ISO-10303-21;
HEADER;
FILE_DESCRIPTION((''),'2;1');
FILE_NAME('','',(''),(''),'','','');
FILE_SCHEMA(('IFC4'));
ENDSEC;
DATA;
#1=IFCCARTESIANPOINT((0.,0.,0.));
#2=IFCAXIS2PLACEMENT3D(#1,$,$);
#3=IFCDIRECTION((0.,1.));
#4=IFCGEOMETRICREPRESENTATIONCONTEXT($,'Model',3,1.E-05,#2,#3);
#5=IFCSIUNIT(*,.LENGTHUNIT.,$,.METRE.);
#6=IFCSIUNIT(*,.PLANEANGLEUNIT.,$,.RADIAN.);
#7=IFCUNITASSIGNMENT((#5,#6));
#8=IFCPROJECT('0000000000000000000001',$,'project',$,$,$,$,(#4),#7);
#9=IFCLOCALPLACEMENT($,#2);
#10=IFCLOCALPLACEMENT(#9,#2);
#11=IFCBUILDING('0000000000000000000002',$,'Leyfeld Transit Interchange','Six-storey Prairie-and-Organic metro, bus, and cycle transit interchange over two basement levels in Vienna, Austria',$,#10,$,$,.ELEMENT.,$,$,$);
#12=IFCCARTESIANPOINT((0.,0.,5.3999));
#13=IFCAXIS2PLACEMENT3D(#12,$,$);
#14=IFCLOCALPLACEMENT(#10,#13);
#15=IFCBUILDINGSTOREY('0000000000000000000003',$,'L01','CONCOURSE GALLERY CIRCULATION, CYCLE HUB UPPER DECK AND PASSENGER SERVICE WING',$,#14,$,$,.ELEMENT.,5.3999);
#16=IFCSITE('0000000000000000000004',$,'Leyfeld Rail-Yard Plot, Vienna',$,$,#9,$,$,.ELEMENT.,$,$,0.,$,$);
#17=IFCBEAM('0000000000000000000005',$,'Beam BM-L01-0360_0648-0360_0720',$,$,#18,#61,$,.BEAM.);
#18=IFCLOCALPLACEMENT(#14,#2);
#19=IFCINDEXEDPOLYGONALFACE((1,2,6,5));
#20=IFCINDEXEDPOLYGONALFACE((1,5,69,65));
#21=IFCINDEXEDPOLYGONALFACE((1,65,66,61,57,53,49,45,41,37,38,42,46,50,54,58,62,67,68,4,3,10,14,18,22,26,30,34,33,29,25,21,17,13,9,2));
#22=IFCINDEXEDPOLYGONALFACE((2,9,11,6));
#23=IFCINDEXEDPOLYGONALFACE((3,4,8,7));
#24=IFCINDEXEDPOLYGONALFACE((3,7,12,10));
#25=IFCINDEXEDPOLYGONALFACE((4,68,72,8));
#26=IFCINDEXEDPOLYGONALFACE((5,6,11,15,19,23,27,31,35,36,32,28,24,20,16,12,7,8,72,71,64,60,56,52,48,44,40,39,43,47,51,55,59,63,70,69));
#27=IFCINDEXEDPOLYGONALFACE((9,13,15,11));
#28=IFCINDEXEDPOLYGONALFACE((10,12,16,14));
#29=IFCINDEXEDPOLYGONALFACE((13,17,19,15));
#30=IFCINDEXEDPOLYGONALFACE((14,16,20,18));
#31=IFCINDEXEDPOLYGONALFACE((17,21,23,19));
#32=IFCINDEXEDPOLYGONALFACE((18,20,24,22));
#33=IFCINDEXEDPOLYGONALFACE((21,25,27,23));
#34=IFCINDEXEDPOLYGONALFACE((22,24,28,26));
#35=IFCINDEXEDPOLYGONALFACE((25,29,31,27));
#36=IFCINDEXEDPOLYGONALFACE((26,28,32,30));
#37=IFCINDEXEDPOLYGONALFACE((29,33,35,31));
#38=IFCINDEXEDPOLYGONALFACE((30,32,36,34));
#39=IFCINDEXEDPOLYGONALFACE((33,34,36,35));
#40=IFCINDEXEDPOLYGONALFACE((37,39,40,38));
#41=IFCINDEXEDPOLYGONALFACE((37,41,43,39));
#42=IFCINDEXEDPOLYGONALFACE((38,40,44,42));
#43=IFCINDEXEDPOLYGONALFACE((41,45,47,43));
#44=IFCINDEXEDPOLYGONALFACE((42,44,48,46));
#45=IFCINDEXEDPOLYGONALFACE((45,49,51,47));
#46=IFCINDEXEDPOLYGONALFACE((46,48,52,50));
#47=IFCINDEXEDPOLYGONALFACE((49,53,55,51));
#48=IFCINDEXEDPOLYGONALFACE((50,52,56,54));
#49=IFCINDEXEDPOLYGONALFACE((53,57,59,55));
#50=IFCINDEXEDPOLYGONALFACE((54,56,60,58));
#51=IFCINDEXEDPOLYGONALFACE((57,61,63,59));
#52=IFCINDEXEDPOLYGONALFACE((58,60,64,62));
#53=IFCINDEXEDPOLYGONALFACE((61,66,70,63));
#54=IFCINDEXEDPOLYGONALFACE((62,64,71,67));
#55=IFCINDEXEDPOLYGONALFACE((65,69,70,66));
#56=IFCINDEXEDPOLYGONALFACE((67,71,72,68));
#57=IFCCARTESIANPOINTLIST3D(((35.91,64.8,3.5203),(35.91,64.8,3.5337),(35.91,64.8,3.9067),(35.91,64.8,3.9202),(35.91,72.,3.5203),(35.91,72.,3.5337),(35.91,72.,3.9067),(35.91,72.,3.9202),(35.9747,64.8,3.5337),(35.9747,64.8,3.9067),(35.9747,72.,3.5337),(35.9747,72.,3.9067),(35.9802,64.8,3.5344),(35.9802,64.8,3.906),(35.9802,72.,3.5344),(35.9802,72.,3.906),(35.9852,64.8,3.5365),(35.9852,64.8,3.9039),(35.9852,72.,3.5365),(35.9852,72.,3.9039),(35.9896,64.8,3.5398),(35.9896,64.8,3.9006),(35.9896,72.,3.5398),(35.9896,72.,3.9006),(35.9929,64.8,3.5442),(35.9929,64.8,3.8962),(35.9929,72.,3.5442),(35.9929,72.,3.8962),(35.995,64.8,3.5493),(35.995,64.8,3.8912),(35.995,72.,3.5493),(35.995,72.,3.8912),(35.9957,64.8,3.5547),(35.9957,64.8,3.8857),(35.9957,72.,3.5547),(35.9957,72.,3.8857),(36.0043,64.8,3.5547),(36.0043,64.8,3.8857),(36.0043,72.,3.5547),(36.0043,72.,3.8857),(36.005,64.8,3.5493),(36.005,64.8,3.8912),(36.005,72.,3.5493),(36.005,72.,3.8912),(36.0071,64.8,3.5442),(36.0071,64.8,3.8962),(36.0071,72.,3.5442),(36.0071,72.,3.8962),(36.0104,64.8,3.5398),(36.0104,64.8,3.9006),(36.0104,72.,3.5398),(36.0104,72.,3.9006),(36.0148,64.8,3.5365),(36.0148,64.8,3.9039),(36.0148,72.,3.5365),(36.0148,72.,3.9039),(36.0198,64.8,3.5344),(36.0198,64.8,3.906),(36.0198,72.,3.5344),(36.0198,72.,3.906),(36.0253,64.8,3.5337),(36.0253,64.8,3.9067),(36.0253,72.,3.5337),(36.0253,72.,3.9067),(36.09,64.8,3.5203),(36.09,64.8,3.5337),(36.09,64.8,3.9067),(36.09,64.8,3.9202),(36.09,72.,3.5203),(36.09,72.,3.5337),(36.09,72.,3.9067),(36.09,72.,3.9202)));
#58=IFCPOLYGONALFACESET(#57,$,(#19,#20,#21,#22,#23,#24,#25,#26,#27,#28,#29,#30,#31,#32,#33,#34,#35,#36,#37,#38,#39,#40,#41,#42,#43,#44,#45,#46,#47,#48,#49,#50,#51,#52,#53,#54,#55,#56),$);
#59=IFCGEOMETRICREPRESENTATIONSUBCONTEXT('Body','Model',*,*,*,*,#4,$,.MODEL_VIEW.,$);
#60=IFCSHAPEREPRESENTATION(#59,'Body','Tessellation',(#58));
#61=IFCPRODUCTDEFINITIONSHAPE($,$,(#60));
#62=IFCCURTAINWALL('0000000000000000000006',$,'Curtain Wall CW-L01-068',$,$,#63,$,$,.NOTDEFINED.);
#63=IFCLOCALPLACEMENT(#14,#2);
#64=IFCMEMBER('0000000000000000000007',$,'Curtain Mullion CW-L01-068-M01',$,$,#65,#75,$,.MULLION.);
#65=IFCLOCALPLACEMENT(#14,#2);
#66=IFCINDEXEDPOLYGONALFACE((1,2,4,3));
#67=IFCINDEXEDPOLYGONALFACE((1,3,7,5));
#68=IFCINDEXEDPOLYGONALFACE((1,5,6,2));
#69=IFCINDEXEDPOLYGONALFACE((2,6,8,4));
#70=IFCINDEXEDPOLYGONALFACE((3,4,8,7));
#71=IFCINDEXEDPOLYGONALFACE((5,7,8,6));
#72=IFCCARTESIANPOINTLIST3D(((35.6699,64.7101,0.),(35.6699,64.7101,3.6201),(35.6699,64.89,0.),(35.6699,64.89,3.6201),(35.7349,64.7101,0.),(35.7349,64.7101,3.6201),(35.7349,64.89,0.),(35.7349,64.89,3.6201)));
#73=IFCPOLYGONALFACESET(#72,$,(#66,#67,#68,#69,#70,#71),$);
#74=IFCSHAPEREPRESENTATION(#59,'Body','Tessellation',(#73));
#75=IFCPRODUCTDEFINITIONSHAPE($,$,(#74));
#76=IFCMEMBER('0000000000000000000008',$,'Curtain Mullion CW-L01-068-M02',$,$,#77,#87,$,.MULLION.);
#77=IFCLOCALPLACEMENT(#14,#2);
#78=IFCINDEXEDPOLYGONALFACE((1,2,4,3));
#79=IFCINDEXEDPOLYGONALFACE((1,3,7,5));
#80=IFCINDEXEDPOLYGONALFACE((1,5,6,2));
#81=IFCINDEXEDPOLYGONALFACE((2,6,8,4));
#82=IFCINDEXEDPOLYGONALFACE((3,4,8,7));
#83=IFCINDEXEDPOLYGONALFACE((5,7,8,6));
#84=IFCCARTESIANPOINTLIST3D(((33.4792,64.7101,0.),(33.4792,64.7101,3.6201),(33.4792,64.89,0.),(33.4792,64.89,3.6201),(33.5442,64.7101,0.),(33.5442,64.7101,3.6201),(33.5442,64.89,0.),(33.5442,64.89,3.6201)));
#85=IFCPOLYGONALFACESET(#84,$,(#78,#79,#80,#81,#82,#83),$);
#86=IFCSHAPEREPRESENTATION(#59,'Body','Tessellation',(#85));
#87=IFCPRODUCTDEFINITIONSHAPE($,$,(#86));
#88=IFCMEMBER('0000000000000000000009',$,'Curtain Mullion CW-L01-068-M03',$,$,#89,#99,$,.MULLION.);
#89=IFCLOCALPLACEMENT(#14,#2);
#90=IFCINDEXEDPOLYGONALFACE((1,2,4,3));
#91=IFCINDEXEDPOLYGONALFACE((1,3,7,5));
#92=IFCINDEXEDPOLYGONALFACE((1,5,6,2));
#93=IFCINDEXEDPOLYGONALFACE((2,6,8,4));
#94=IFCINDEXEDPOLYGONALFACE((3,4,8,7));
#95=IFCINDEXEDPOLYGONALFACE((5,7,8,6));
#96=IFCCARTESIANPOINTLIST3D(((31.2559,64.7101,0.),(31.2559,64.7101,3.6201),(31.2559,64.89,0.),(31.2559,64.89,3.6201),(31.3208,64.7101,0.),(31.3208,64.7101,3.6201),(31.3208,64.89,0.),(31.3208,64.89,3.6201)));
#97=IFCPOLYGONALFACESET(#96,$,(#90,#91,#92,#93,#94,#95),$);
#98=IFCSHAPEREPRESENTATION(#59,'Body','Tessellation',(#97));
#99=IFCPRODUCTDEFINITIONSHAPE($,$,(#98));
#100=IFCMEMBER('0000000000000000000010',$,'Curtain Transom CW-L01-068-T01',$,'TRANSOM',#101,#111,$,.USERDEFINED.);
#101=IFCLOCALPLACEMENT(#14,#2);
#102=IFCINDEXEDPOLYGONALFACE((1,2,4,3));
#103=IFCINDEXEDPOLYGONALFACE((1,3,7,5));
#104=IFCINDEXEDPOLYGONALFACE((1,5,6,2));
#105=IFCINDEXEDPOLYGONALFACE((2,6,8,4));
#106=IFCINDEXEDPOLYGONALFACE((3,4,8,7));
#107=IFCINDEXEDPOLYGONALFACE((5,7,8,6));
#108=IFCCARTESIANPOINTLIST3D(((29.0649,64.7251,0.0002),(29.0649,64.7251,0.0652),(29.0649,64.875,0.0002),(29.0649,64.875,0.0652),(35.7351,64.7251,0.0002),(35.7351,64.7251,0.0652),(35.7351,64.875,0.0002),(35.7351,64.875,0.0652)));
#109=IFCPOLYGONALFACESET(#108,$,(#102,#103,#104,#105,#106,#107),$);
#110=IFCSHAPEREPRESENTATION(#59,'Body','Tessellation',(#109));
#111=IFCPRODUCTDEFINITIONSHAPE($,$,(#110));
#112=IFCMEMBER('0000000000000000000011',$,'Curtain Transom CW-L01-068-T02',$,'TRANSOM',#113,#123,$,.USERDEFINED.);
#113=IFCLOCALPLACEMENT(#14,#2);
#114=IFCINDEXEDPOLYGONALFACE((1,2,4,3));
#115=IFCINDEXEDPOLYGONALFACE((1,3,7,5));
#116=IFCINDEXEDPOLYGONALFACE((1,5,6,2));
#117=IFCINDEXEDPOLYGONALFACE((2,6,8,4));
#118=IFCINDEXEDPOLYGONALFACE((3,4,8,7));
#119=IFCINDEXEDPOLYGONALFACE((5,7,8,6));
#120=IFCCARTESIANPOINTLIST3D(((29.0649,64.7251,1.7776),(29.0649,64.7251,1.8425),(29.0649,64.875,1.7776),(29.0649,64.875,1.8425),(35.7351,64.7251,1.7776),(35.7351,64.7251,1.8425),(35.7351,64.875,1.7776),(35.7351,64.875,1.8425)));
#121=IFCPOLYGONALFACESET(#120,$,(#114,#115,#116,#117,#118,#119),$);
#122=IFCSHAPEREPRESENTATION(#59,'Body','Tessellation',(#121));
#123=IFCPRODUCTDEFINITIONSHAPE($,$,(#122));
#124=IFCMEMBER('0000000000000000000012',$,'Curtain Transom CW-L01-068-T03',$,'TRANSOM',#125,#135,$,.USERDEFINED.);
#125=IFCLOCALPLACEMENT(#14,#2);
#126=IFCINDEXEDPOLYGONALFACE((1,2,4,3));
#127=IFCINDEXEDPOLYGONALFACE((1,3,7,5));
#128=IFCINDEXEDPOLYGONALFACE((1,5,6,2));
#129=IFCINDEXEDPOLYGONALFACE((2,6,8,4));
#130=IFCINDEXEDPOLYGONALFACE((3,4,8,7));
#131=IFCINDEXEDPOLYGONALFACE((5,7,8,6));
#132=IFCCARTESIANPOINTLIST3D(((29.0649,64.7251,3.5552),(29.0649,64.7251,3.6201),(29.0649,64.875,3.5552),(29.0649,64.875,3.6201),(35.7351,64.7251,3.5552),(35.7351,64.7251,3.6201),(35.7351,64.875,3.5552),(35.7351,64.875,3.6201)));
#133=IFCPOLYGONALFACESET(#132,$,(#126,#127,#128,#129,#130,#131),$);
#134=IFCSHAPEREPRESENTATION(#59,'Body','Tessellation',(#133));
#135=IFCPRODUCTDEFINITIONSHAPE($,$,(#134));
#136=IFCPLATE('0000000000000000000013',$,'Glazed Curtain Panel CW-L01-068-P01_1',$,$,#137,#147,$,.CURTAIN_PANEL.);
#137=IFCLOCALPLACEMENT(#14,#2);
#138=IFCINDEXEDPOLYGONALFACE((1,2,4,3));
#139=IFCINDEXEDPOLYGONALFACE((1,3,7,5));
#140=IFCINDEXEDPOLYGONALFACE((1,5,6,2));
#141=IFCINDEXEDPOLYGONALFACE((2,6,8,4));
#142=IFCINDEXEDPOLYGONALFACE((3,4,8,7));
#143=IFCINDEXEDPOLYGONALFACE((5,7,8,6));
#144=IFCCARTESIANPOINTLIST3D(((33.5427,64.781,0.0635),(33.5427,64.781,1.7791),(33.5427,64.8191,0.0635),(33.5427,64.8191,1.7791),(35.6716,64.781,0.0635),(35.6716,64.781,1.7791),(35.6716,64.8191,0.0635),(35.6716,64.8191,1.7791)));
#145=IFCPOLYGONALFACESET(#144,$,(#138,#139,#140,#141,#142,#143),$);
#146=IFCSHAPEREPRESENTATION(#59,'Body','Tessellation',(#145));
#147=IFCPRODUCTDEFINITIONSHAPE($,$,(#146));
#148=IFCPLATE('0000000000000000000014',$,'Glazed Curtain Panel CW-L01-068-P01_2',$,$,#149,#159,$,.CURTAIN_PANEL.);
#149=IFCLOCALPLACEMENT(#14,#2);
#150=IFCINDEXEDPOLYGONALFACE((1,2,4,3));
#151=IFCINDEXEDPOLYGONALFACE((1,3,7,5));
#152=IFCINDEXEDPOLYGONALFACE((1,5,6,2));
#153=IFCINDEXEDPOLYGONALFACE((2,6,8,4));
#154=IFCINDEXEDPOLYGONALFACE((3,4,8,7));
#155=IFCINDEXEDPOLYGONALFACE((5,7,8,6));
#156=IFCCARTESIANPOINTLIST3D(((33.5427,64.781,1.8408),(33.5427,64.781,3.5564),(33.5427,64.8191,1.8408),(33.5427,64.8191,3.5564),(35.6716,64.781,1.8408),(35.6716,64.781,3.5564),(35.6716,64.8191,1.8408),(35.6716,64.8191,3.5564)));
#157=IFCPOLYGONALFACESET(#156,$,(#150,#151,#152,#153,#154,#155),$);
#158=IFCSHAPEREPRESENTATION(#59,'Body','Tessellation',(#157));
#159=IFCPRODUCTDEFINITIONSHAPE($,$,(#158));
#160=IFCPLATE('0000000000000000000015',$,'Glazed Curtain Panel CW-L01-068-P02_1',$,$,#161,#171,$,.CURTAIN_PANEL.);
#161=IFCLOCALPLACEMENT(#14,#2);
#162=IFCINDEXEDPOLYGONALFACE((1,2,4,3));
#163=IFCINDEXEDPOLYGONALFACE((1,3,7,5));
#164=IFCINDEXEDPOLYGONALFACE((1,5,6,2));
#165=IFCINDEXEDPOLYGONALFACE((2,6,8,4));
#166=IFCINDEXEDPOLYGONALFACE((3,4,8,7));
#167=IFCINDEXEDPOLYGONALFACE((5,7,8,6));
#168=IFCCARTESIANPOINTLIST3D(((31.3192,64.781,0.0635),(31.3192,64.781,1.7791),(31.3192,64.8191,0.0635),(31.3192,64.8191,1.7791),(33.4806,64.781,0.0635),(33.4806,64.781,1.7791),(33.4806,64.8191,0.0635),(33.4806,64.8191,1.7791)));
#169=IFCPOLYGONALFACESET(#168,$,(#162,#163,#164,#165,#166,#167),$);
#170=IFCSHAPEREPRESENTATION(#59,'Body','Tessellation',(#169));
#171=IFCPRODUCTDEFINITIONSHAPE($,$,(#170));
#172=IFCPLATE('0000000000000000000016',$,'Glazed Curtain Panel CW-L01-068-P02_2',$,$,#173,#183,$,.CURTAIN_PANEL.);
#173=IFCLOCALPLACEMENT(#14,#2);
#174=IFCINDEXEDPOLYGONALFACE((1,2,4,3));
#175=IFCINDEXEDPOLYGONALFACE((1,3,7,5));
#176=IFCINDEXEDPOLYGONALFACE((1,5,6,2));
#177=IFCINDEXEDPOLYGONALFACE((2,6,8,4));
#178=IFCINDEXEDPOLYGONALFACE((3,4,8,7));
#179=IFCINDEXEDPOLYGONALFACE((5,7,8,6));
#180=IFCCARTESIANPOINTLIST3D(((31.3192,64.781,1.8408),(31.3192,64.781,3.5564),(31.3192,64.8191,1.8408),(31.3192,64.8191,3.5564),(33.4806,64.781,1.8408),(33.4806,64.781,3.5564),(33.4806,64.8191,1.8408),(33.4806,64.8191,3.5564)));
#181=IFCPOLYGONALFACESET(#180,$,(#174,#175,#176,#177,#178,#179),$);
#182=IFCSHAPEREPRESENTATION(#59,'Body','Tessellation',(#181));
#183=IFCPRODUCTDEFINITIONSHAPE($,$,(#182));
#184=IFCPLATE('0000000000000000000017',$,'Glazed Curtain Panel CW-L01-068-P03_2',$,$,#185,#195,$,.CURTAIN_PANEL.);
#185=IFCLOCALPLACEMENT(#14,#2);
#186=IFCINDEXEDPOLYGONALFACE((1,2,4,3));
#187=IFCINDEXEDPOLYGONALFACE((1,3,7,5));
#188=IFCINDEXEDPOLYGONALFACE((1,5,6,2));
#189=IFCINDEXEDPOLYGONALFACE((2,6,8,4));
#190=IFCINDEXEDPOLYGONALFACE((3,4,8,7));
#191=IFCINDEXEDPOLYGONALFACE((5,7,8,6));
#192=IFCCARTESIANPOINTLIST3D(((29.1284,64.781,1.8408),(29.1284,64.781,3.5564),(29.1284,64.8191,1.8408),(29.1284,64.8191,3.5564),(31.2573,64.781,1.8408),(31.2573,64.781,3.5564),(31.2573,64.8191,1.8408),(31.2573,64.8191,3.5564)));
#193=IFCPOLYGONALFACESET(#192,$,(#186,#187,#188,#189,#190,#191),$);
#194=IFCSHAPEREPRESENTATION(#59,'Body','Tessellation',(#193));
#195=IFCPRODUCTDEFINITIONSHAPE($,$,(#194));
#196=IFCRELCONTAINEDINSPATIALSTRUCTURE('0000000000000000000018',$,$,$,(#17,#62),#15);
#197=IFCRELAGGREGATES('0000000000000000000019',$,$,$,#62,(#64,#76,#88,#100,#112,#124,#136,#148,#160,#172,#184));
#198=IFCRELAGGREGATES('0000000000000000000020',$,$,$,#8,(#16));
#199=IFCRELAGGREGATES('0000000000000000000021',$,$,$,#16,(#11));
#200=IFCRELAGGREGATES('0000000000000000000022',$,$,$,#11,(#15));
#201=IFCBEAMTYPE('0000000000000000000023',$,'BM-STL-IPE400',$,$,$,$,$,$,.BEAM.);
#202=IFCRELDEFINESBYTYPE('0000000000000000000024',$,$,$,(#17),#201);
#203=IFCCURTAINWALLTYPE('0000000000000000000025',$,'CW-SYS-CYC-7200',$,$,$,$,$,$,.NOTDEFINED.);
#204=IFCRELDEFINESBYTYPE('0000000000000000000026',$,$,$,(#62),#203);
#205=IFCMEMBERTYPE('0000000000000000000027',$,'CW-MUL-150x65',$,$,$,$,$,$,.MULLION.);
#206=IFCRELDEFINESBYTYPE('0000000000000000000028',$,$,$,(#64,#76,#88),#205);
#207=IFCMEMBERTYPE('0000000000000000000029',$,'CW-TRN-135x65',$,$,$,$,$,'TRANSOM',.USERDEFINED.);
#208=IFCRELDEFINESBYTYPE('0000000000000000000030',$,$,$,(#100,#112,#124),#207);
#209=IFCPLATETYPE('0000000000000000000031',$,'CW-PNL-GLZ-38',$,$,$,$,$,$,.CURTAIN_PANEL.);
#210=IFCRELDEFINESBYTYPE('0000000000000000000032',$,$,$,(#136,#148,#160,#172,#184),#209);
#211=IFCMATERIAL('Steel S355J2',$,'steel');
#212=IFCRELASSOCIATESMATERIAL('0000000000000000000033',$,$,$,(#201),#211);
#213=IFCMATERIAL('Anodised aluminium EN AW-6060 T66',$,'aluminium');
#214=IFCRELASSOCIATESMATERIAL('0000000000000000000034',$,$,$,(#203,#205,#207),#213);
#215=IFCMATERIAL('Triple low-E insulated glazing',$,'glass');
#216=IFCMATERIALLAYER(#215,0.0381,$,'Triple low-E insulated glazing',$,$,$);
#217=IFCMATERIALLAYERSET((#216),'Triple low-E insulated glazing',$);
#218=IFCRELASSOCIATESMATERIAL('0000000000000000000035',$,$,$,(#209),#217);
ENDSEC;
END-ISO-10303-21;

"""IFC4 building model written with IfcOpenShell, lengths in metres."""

from ifc_helpers import new_model, si_unit, direction, frame, origin, origin_2d, place, context, subcontext, project, spatial, rectangle, i_section, extrude, material, layer, layer_set, material_profile, profile_set, type_object, element, aggregate, save


model = new_model("IFC4")

# Units and contexts
model_context = context("Model", 3, precision=1e-05, world=origin(), true_north=direction((0.0, 1.0)))
body_context = subcontext(model_context, "Body", "Model", "MODEL_VIEW")
ifc_project = project(units=[si_unit("LENGTHUNIT", "METRE"), si_unit("PLANEANGLEUNIT", "RADIAN")], contexts=[model_context])

# Site, building, storey
site_placement = place(None, origin())
site = spatial("IfcSite", under=ifc_project, at=site_placement, Name="Leyfeld Rail-Yard Plot, Vienna", CompositionType="ELEMENT", RefElevation=0.0)
building_placement = place(site_placement, origin())
building = spatial("IfcBuilding", under=site, at=building_placement, Name="Leyfeld Transit Interchange", Description="Six-storey Prairie-and-Organic metro, bus, and cycle transit interchange over two basement levels in Vienna, Austria", CompositionType="ELEMENT")
storey_placement = place(building_placement, frame((0.0, 0.0, 5.3999)))
storey = spatial("IfcBuildingStorey", under=building, at=storey_placement, Name="L01", Description="CONCOURSE GALLERY CIRCULATION, CYCLE HUB UPPER DECK AND PASSENGER SERVICE WING", CompositionType="ELEMENT", Elevation=5.3999)

# Beam
ifc_material_1 = material(Name="Steel S355J2", Category="steel")
ifc_material_profile_1 = material_profile(ifc_material_1, i_section(OverallWidth=0.1799, OverallDepth=0.3999, WebThickness=0.0085, FlangeThickness=0.0134, FilletRadius=0.021, at=origin_2d()), Name="IPE 400")
ifc_profile_set_1 = profile_set([ifc_material_profile_1], Name="Steel S355J2")
beam_type_1 = type_object("IfcBeamType", Name="BM-STL-IPE400", PredefinedType="BEAM", material=ifc_profile_set_1)
beam_1_placement = place(storey_placement, frame((36.0, 64.8, 3.7202), z_axis=(0.0, 1.0, 0.0), x_axis=(-1.0, 0.0, 0.0)))
element("IfcBeam", 1, at=beam_1_placement, inside=storey, type_object=beam_type_1, Name="Beam BM-L01-0360_0648-0360_0720", PredefinedType="BEAM", context=body_context, shape_type="SweptSolid", body=[
    extrude(i_section(OverallWidth=0.1799, OverallDepth=0.3999, WebThickness=0.0085, FlangeThickness=0.0134, FilletRadius=0.021, at=origin_2d()), origin(), (0.0, 0.0, 1.0), 7.2),
])

# Curtain wall, members, plates
ifc_material_2 = material(Name="Anodised aluminium EN AW-6060 T66", Category="aluminium")
curtain_wall_type = type_object("IfcCurtainWallType", Name="CW-SYS-CYC-7200", PredefinedType="NOTDEFINED", material=ifc_material_2)
curtain_wall_placement = place(storey_placement, origin())
curtain_wall = element("IfcCurtainWall", 2, at=curtain_wall_placement, inside=storey, type_object=curtain_wall_type, Name="Curtain Wall CW-L01-068", PredefinedType="NOTDEFINED")
ifc_material_profile_2 = material_profile(ifc_material_2, rectangle(XDim=0.0649, YDim=0.1799, at=origin_2d()), Name="CW-M 65x180")
ifc_profile_set_2 = profile_set([ifc_material_profile_2], Name="Anodised aluminium EN AW-6060 T66")
member_type_1 = type_object("IfcMemberType", Name="CW-MUL-150x65", PredefinedType="MULLION", material=ifc_profile_set_2)
member_1_placement = place(storey_placement, frame((35.7024, 64.8, 0.0), z_axis=(0.0, 0.0, 1.0), x_axis=(-1.0, 0.0, 0.0)))
member_1 = element("IfcMember", 3, at=member_1_placement, type_object=member_type_1, Name="Curtain Mullion CW-L01-068-M01", PredefinedType="MULLION", context=body_context, shape_type="SweptSolid", body=[
    extrude(rectangle(XDim=0.0649, YDim=0.1799, at=origin_2d()), origin(), (0.0, 0.0, 1.0), 3.6201),
])
member_2_placement = place(storey_placement, frame((33.5117, 64.8, 0.0), z_axis=(0.0, 0.0, 1.0), x_axis=(-1.0, 0.0, 0.0)))
member_2 = element("IfcMember", 4, at=member_2_placement, type_object=member_type_1, Name="Curtain Mullion CW-L01-068-M02", PredefinedType="MULLION", context=body_context, shape_type="SweptSolid", body=[
    extrude(rectangle(XDim=0.0649, YDim=0.1799, at=origin_2d()), origin(), (0.0, 0.0, 1.0), 3.6201),
])
member_3_placement = place(storey_placement, frame((31.2883, 64.8, 0.0), z_axis=(0.0, 0.0, 1.0), x_axis=(-1.0, 0.0, 0.0)))
member_3 = element("IfcMember", 5, at=member_3_placement, type_object=member_type_1, Name="Curtain Mullion CW-L01-068-M03", PredefinedType="MULLION", context=body_context, shape_type="SweptSolid", body=[
    extrude(rectangle(XDim=0.0649, YDim=0.1799, at=origin_2d()), origin(), (0.0, 0.0, 1.0), 3.6201),
])
ifc_material_profile_3 = material_profile(ifc_material_2, rectangle(XDim=0.1499, YDim=0.0649, at=origin_2d()), Name="CW-TRN-135x65")
ifc_profile_set_3 = profile_set([ifc_material_profile_3], Name="Anodised aluminium EN AW-6060 T66")
member_type_2 = type_object("IfcMemberType", Name="CW-TRN-135x65", ElementType="TRANSOM", PredefinedType="USERDEFINED", material=ifc_profile_set_3)
member_4_placement = place(storey_placement, frame((35.7351, 64.8, 0.0327), z_axis=(-1.0, 0.0, 0.0), x_axis=(0.0, -1.0, 0.0)))
member_4 = element("IfcMember", 6, at=member_4_placement, type_object=member_type_2, Name="Curtain Transom CW-L01-068-T01", ObjectType="TRANSOM", PredefinedType="USERDEFINED", context=body_context, shape_type="SweptSolid", body=[
    extrude(rectangle(XDim=0.1499, YDim=0.0649, at=origin_2d()), origin(), (0.0, 0.0, 1.0), 6.6702),
])
member_5_placement = place(storey_placement, frame((35.7351, 64.8, 1.8101), z_axis=(-1.0, 0.0, 0.0), x_axis=(0.0, -1.0, 0.0)))
member_5 = element("IfcMember", 7, at=member_5_placement, type_object=member_type_2, Name="Curtain Transom CW-L01-068-T02", ObjectType="TRANSOM", PredefinedType="USERDEFINED", context=body_context, shape_type="SweptSolid", body=[
    extrude(rectangle(XDim=0.1499, YDim=0.0649, at=origin_2d()), origin(), (0.0, 0.0, 1.0), 6.6702),
])
member_6_placement = place(storey_placement, frame((35.7351, 64.8, 3.5876), z_axis=(-1.0, 0.0, 0.0), x_axis=(0.0, -1.0, 0.0)))
member_6 = element("IfcMember", 8, at=member_6_placement, type_object=member_type_2, Name="Curtain Transom CW-L01-068-T03", ObjectType="TRANSOM", PredefinedType="USERDEFINED", context=body_context, shape_type="SweptSolid", body=[
    extrude(rectangle(XDim=0.1499, YDim=0.0649, at=origin_2d()), origin(), (0.0, 0.0, 1.0), 6.6702),
])
ifc_material_3 = material(Name="Triple low-E insulated glazing", Category="glass")
ifc_layer_1 = layer(ifc_material_3, 0.0381, Name="Triple low-E insulated glazing")
ifc_layer_set_1 = layer_set([ifc_layer_1], Name="Triple low-E insulated glazing")
plate_type = type_object("IfcPlateType", Name="CW-PNL-GLZ-38", PredefinedType="CURTAIN_PANEL", material=ifc_layer_set_1)
plate_1_placement = place(storey_placement, frame((34.6072, 64.8, 0.0635), z_axis=(0.0, 0.0, 1.0), x_axis=(-1.0, 0.0, 0.0)))
plate_1 = element("IfcPlate", 9, at=plate_1_placement, type_object=plate_type, Name="Glazed Curtain Panel CW-L01-068-P01_1", PredefinedType="CURTAIN_PANEL", context=body_context, shape_type="SweptSolid", body=[
    extrude(rectangle(XDim=2.1289, YDim=0.0381, at=origin_2d()), origin(), (0.0, 0.0, 1.0), 1.7156),
])
plate_2_placement = place(storey_placement, frame((34.6072, 64.8, 1.8408), z_axis=(0.0, 0.0, 1.0), x_axis=(-1.0, 0.0, 0.0)))
plate_2 = element("IfcPlate", 10, at=plate_2_placement, type_object=plate_type, Name="Glazed Curtain Panel CW-L01-068-P01_2", PredefinedType="CURTAIN_PANEL", context=body_context, shape_type="SweptSolid", body=[
    extrude(rectangle(XDim=2.1289, YDim=0.0381, at=origin_2d()), origin(), (0.0, 0.0, 1.0), 1.7156),
])
plate_3_placement = place(storey_placement, frame((32.3999, 64.8, 0.0635), z_axis=(0.0, 0.0, 1.0), x_axis=(-1.0, 0.0, 0.0)))
plate_3 = element("IfcPlate", 11, at=plate_3_placement, type_object=plate_type, Name="Glazed Curtain Panel CW-L01-068-P02_1", PredefinedType="CURTAIN_PANEL", context=body_context, shape_type="SweptSolid", body=[
    extrude(rectangle(XDim=2.1614, YDim=0.0381, at=origin_2d()), origin(), (0.0, 0.0, 1.0), 1.7156),
])
plate_4_placement = place(storey_placement, frame((32.3999, 64.8, 1.8408), z_axis=(0.0, 0.0, 1.0), x_axis=(-1.0, 0.0, 0.0)))
plate_4 = element("IfcPlate", 12, at=plate_4_placement, type_object=plate_type, Name="Glazed Curtain Panel CW-L01-068-P02_2", PredefinedType="CURTAIN_PANEL", context=body_context, shape_type="SweptSolid", body=[
    extrude(rectangle(XDim=2.1614, YDim=0.0381, at=origin_2d()), origin(), (0.0, 0.0, 1.0), 1.7156),
])
plate_5_placement = place(storey_placement, frame((30.1929, 64.8, 1.8408), z_axis=(0.0, 0.0, 1.0), x_axis=(-1.0, 0.0, 0.0)))
plate_5 = element("IfcPlate", 13, at=plate_5_placement, type_object=plate_type, Name="Glazed Curtain Panel CW-L01-068-P03_2", PredefinedType="CURTAIN_PANEL", context=body_context, shape_type="SweptSolid", body=[
    extrude(rectangle(XDim=2.1289, YDim=0.0381, at=origin_2d()), origin(), (0.0, 0.0, 1.0), 1.7156),
])
aggregate(curtain_wall, [member_1, member_2, member_3, member_4, member_5, member_6, plate_1, plate_2, plate_3, plate_4, plate_5])

save(model, "model.ifc")
